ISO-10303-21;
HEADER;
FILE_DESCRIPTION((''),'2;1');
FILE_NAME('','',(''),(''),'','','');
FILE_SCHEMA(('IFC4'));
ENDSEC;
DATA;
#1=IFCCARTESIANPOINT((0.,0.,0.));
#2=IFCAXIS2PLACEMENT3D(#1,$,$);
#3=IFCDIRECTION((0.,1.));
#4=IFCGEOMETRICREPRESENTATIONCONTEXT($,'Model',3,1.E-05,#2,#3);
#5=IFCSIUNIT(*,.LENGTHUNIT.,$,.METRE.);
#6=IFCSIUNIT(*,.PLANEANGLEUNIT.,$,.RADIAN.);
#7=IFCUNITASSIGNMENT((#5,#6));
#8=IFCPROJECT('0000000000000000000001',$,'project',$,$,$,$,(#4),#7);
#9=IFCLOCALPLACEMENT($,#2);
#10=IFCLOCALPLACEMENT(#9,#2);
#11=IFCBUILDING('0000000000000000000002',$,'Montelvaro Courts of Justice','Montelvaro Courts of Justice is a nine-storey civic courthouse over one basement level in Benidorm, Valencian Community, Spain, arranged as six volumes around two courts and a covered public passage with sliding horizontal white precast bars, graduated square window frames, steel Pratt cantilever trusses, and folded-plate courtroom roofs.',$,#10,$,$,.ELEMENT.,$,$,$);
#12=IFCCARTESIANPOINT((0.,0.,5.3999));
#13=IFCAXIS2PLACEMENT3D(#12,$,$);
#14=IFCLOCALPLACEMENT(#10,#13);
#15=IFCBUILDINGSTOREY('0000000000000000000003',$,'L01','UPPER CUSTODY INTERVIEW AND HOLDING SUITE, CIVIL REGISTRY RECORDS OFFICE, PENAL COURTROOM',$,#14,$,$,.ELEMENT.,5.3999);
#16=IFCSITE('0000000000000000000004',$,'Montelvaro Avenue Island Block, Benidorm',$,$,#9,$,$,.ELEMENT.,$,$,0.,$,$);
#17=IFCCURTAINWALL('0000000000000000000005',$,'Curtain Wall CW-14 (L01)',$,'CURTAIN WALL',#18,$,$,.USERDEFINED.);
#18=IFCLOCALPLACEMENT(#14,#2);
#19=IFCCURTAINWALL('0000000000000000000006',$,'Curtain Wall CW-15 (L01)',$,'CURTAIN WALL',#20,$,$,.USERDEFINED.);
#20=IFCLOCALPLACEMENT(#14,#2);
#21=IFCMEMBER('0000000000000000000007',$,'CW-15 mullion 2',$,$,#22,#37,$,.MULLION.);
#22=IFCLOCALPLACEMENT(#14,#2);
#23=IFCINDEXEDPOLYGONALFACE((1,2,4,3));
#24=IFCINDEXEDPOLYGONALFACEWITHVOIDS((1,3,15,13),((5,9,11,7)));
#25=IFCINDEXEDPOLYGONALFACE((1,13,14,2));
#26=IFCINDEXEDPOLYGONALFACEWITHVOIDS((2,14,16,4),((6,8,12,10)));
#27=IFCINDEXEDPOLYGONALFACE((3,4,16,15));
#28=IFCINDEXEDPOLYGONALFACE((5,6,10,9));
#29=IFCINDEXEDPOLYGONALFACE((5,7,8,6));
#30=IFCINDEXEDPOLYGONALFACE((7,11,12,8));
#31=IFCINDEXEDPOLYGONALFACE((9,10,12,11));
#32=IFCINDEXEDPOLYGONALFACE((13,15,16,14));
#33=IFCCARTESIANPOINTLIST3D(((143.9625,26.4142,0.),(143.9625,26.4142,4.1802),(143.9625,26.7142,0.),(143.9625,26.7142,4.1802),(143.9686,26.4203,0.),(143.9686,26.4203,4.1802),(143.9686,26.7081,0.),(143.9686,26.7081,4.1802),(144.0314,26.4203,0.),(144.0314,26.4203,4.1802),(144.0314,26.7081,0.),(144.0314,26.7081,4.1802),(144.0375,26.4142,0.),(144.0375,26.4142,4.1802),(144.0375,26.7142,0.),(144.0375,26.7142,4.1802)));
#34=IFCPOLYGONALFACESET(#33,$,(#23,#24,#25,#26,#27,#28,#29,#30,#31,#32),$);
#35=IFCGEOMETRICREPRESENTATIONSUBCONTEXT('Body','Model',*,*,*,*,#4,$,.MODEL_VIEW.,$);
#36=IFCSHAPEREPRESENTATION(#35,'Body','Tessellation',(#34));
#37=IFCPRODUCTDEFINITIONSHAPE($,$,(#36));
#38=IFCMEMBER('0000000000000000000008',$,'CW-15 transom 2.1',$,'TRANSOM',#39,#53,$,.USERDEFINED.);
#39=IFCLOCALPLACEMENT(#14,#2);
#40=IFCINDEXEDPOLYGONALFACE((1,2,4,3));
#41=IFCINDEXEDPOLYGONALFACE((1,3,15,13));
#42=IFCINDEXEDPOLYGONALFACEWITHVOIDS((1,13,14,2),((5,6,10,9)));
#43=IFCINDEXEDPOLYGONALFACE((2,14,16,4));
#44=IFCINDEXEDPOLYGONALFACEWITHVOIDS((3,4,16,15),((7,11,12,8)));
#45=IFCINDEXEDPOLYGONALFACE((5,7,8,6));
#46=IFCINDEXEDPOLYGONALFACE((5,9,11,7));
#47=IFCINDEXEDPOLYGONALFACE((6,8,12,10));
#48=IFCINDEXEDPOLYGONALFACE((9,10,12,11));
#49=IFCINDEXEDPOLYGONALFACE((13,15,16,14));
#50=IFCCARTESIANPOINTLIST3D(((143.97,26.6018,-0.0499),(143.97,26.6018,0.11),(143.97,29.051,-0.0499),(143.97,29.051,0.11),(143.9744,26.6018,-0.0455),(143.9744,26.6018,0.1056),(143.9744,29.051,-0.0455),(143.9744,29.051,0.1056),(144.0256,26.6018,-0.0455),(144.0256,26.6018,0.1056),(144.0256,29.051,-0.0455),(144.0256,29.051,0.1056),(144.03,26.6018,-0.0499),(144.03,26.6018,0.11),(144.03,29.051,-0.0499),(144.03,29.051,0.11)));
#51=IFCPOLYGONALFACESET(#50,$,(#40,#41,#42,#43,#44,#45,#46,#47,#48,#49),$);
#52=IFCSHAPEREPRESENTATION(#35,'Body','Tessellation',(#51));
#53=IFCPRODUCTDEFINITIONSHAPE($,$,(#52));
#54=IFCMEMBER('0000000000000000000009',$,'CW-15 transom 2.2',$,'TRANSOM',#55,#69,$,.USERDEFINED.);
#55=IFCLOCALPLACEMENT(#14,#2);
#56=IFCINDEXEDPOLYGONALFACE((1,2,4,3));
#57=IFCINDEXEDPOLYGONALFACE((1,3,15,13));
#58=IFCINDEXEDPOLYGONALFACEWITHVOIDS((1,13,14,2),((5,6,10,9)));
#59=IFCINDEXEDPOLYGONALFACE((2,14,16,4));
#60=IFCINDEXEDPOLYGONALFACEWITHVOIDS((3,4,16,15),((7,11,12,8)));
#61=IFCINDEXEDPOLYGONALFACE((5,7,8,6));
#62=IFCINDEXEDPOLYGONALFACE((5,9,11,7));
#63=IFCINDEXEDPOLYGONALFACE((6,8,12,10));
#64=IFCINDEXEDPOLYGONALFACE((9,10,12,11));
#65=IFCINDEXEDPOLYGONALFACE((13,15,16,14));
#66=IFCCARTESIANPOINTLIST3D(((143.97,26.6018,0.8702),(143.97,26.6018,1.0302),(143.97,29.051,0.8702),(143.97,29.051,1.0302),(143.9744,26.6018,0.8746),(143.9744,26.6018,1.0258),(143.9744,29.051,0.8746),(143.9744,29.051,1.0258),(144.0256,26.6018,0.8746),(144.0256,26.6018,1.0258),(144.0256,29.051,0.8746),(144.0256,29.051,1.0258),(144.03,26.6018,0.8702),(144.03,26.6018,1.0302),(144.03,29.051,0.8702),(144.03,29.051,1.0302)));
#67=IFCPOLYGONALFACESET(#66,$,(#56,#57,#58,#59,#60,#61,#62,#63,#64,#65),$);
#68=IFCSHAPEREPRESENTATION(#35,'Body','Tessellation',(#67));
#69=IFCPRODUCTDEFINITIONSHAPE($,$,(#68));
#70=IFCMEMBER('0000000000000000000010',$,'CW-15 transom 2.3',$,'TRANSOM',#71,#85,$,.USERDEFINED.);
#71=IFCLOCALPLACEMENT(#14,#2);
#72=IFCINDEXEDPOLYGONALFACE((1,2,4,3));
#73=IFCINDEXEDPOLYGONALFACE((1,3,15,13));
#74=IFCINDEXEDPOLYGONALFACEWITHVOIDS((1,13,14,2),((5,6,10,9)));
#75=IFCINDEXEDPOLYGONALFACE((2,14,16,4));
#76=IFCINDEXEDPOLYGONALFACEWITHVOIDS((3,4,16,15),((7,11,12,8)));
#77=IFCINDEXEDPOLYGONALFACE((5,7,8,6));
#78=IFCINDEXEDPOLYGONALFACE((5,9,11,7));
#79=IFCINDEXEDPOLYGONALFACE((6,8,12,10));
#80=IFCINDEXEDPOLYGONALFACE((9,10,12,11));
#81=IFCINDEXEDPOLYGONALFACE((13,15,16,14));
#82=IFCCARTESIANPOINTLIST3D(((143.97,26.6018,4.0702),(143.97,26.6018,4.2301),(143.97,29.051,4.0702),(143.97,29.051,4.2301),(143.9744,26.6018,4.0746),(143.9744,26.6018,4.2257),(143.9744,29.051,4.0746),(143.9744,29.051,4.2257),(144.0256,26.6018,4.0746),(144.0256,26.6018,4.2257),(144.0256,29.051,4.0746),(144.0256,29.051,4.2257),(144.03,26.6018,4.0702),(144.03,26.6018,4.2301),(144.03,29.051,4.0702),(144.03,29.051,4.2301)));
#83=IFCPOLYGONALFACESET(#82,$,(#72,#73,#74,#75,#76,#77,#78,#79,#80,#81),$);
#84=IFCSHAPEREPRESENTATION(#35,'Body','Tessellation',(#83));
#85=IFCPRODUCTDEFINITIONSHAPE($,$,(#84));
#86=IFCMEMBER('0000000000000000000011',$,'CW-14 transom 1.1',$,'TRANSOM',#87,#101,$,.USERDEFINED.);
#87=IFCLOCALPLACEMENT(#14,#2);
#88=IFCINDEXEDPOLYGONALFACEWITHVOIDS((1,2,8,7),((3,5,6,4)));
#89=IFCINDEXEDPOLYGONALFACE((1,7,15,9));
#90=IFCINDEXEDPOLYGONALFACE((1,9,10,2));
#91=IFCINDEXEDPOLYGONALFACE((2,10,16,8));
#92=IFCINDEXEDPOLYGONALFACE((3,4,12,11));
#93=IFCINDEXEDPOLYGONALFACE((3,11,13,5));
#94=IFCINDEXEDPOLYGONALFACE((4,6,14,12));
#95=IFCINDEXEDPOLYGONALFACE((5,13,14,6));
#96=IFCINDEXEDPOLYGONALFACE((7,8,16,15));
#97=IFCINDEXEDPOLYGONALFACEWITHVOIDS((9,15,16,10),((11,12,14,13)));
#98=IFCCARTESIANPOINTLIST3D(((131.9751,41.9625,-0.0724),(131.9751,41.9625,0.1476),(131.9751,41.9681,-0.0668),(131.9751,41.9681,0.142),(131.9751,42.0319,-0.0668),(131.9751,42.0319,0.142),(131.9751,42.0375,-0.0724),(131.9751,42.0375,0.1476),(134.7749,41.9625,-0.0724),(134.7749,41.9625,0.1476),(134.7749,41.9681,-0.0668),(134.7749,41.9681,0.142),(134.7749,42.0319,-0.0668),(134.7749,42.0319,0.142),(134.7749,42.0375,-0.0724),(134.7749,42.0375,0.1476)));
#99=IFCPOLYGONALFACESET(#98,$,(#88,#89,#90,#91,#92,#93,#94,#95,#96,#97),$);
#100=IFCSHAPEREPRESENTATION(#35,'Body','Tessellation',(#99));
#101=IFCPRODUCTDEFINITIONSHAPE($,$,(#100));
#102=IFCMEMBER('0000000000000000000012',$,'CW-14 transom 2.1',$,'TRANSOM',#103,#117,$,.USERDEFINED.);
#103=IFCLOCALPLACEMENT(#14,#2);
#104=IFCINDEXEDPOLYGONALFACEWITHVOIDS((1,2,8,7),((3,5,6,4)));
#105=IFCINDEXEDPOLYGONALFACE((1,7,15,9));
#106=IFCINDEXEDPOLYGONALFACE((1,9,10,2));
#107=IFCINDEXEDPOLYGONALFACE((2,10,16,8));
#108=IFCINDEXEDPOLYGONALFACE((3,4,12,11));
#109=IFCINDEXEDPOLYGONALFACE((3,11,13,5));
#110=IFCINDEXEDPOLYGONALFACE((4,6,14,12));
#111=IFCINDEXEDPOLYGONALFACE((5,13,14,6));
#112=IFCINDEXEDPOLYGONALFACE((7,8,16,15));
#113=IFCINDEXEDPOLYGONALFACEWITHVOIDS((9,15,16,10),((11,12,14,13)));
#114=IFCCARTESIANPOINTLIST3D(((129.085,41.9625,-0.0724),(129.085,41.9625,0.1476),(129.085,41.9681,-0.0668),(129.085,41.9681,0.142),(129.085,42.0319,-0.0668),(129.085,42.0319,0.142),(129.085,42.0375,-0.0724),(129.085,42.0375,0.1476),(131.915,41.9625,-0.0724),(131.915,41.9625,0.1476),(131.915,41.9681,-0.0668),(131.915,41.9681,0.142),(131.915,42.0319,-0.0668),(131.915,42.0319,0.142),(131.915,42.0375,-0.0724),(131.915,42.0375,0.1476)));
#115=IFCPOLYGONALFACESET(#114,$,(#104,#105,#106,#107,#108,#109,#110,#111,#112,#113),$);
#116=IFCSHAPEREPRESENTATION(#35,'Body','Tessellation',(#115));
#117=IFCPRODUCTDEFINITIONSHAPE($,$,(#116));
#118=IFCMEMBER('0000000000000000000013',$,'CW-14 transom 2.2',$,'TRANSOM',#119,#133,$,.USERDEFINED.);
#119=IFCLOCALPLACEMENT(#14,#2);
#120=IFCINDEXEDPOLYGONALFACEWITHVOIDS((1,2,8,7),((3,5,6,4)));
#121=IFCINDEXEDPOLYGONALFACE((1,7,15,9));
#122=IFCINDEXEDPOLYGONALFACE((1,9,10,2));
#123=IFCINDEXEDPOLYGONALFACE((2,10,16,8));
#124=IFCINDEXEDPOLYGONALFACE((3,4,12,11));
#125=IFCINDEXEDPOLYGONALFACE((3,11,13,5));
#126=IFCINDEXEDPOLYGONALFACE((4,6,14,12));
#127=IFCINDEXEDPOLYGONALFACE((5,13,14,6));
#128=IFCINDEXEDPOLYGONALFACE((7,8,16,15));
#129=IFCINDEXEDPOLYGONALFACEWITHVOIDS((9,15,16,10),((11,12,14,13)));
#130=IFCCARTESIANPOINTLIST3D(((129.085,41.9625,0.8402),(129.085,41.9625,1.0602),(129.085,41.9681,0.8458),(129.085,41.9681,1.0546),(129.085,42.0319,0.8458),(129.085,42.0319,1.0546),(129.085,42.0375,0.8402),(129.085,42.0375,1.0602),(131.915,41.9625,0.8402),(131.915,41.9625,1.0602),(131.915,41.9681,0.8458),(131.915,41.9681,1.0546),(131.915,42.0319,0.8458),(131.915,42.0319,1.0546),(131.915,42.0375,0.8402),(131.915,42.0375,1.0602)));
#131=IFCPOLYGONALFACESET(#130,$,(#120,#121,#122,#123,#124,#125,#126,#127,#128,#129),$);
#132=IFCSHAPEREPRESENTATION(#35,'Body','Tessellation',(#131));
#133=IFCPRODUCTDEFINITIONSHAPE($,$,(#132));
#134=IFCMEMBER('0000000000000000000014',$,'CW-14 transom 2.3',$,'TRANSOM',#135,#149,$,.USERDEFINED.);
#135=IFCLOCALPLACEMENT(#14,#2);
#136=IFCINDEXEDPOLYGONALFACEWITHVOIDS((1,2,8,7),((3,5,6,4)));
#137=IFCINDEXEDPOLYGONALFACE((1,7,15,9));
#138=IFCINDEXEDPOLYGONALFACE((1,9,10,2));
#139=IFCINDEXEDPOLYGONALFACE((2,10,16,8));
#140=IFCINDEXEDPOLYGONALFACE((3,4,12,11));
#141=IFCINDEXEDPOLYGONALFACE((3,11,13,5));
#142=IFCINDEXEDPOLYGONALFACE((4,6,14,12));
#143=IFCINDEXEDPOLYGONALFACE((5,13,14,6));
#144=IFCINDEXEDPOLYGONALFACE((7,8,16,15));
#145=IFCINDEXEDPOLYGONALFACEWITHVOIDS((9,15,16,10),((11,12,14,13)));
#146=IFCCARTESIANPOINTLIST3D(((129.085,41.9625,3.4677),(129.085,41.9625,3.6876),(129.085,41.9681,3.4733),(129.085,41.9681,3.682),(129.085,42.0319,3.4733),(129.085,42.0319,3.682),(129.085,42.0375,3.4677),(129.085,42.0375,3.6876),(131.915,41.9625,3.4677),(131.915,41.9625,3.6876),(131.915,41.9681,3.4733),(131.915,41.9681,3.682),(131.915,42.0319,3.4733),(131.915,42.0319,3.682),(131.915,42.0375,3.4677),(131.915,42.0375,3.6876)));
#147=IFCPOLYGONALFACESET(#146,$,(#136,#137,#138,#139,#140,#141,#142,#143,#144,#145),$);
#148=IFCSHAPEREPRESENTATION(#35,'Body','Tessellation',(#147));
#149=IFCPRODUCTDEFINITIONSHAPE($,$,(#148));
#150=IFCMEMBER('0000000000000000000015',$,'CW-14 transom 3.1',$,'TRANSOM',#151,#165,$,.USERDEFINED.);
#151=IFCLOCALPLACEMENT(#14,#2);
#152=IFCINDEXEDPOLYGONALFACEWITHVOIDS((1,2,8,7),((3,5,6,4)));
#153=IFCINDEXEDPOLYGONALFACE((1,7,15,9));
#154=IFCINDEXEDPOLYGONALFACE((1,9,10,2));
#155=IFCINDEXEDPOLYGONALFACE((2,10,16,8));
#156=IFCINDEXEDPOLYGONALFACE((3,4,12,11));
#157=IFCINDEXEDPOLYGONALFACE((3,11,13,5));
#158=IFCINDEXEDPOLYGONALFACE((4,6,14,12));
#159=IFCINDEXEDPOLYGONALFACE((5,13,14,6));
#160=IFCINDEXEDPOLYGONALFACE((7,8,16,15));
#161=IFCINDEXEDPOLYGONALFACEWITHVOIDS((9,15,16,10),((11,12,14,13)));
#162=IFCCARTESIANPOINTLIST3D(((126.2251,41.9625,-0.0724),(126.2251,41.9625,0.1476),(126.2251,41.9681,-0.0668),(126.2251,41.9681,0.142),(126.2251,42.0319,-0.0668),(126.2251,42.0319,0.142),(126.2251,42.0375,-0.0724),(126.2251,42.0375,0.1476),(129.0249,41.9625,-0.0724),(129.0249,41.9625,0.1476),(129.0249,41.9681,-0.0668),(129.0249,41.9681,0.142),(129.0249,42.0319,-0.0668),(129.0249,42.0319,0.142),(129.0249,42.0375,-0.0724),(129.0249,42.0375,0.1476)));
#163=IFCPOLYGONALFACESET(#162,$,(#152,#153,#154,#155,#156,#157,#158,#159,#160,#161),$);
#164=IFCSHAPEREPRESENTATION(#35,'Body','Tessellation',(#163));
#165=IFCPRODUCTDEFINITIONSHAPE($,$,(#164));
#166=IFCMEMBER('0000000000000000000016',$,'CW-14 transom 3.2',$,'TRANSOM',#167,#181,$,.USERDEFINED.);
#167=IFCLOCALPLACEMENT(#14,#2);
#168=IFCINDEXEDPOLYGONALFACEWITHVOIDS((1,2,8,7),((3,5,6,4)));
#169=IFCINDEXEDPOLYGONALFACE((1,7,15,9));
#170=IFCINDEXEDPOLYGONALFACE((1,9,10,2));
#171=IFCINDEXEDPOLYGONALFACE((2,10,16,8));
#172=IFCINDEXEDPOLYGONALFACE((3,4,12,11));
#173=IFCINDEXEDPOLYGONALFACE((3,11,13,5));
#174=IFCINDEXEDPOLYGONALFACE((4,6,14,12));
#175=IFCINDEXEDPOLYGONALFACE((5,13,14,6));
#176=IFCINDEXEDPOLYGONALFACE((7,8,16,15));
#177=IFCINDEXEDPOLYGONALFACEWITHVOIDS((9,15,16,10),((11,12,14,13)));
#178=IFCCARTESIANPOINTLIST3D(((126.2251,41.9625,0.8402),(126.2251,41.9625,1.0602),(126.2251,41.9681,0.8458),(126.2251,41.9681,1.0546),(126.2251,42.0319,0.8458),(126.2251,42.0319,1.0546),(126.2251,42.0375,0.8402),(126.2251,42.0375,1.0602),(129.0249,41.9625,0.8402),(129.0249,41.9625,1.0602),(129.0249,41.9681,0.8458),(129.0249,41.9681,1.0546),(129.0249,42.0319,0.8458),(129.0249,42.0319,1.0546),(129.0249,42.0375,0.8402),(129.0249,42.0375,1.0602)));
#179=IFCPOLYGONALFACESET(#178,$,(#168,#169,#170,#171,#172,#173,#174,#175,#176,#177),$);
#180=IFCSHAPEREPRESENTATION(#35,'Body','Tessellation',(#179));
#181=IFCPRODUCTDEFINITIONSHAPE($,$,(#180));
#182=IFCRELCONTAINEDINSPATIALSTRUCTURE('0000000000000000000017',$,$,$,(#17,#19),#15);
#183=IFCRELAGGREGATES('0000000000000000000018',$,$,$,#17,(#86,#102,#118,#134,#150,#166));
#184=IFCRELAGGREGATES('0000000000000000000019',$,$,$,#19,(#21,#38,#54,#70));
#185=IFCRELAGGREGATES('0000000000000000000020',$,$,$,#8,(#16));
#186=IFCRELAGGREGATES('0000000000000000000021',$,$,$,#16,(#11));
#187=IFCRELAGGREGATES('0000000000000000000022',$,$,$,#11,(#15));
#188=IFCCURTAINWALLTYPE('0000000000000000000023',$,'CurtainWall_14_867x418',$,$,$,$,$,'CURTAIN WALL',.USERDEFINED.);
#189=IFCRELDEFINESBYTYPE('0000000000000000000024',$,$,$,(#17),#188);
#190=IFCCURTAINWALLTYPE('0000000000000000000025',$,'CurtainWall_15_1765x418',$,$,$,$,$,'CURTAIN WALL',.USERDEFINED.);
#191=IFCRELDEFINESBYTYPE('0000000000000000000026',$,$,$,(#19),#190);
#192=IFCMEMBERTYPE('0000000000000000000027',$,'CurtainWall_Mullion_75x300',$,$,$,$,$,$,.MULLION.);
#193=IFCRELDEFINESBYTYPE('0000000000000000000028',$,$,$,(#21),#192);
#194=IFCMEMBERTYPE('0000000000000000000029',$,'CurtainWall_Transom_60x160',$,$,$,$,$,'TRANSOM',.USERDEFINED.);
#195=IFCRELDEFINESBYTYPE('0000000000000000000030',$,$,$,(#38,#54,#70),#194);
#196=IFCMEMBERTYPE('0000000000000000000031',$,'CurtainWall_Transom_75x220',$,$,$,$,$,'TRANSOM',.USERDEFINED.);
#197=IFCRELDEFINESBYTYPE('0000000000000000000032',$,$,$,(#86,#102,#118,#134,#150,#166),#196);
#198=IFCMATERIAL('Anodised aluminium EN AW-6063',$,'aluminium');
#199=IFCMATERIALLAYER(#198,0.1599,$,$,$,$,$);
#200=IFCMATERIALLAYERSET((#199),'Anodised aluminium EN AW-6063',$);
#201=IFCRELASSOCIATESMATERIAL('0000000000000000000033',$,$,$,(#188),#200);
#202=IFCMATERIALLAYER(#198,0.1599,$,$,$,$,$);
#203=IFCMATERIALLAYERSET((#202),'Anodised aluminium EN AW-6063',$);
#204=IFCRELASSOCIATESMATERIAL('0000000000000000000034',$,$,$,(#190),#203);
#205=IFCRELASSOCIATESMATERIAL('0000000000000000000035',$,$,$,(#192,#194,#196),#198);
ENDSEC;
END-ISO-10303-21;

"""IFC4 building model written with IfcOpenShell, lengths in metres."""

from ifc_helpers import new_model, si_unit, direction, frame, origin, origin_2d, place, context, subcontext, project, spatial, hollow_rectangle, extrude, material, layer, layer_set, material_profile, profile_set, type_object, element, aggregate, save


model = new_model("IFC4")

# Units and contexts
model_context = context("Model", 3, precision=1e-05, world=origin(), true_north=direction((0.0, 1.0)))
body_context = subcontext(model_context, "Body", "Model", "MODEL_VIEW")
ifc_project = project(units=[si_unit("LENGTHUNIT", "METRE"), si_unit("PLANEANGLEUNIT", "RADIAN")], contexts=[model_context])

# Site, building, storey
site_placement = place(None, origin())
site = spatial("IfcSite", under=ifc_project, at=site_placement, Name="Montelvaro Avenue Island Block, Benidorm", CompositionType="ELEMENT", RefElevation=0.0)
building_placement = place(site_placement, origin())
building = spatial("IfcBuilding", under=site, at=building_placement, Name="Montelvaro Courts of Justice", Description="Montelvaro Courts of Justice is a nine-storey civic courthouse over one basement level in Benidorm, Valencian Community, Spain, arranged as six volumes around two courts and a covered public passage with sliding horizontal white precast bars, graduated square window frames, steel Pratt cantilever trusses, and folded-plate courtroom roofs.", CompositionType="ELEMENT")
storey_placement = place(building_placement, frame((0.0, 0.0, 5.3999)))
storey = spatial("IfcBuildingStorey", under=building, at=storey_placement, Name="L01", Description="UPPER CUSTODY INTERVIEW AND HOLDING SUITE, CIVIL REGISTRY RECORDS OFFICE, PENAL COURTROOM", CompositionType="ELEMENT", Elevation=5.3999)

# Curtain walls, members
ifc_material_1 = material(Name="Anodised aluminium EN AW-6063", Category="aluminium")
ifc_layer_1 = layer(ifc_material_1, 0.1599)
ifc_layer_set_1 = layer_set([ifc_layer_1], Name="Anodised aluminium EN AW-6063")
curtain_wall_type_1 = type_object("IfcCurtainWallType", Name="CurtainWall_14_867x418", ElementType="CURTAIN WALL", PredefinedType="USERDEFINED", material=ifc_layer_set_1)
curtain_wall_1_placement = place(storey_placement, origin())
curtain_wall_1 = element("IfcCurtainWall", 1, at=curtain_wall_1_placement, inside=storey, type_object=curtain_wall_type_1, Name="Curtain Wall CW-14 (L01)", ObjectType="CURTAIN WALL", PredefinedType="USERDEFINED")
ifc_layer_2 = layer(ifc_material_1, 0.1599)
ifc_layer_set_2 = layer_set([ifc_layer_2], Name="Anodised aluminium EN AW-6063")
curtain_wall_type_2 = type_object("IfcCurtainWallType", Name="CurtainWall_15_1765x418", ElementType="CURTAIN WALL", PredefinedType="USERDEFINED", material=ifc_layer_set_2)
curtain_wall_2_placement = place(storey_placement, origin())
curtain_wall_2 = element("IfcCurtainWall", 2, at=curtain_wall_2_placement, inside=storey, type_object=curtain_wall_type_2, Name="Curtain Wall CW-15 (L01)", ObjectType="CURTAIN WALL", PredefinedType="USERDEFINED")
ifc_material_profile_1 = material_profile(ifc_material_1, hollow_rectangle(XDim=0.075, YDim=0.3, WallThickness=0.0061, at=origin_2d()), Name="ALU-M 75x300")
ifc_profile_set_1 = profile_set([ifc_material_profile_1], Name="Anodised aluminium EN AW-6063")
member_type_1 = type_object("IfcMemberType", Name="CurtainWall_Mullion_75x300", PredefinedType="MULLION", material=ifc_profile_set_1)
member_1_placement = place(storey_placement, frame((144.0, 26.5642, 0.0), z_axis=(0.0, 0.0, 1.0), x_axis=(-1.0, 0.0, 0.0)))
member_1 = element("IfcMember", 3, at=member_1_placement, type_object=member_type_1, Name="CW-15 mullion 2", PredefinedType="MULLION", context=body_context, shape_type="SweptSolid", body=[
    extrude(hollow_rectangle(XDim=0.075, YDim=0.3, WallThickness=0.0061, at=origin_2d()), origin(), (0.0, 0.0, 1.0), 4.1802),
])
ifc_material_profile_2 = material_profile(ifc_material_1, hollow_rectangle(XDim=0.0601, YDim=0.1599, WallThickness=0.0044, at=origin_2d()), Name="ALU-T 60x160")
ifc_profile_set_2 = profile_set([ifc_material_profile_2], Name="Anodised aluminium EN AW-6063")
member_type_2 = type_object("IfcMemberType", Name="CurtainWall_Transom_60x160", ElementType="TRANSOM", PredefinedType="USERDEFINED", material=ifc_profile_set_2)
member_2_placement = place(storey_placement, frame((144.0, 26.6018, 0.03), z_axis=(0.0, 1.0, 0.0), x_axis=(-1.0, 0.0, 0.0)))
member_2 = element("IfcMember", 4, at=member_2_placement, type_object=member_type_2, Name="CW-15 transom 2.1", ObjectType="TRANSOM", PredefinedType="USERDEFINED", context=body_context, shape_type="SweptSolid", body=[
    extrude(hollow_rectangle(XDim=0.0601, YDim=0.1599, WallThickness=0.0044, at=origin_2d()), origin(), (0.0, 0.0, 1.0), 2.4492),
])
member_3_placement = place(storey_placement, frame((144.0, 26.6018, 0.9502), z_axis=(0.0, 1.0, 0.0), x_axis=(-1.0, 0.0, 0.0)))
member_3 = element("IfcMember", 5, at=member_3_placement, type_object=member_type_2, Name="CW-15 transom 2.2", ObjectType="TRANSOM", PredefinedType="USERDEFINED", context=body_context, shape_type="SweptSolid", body=[
    extrude(hollow_rectangle(XDim=0.0601, YDim=0.1599, WallThickness=0.0044, at=origin_2d()), origin(), (0.0, 0.0, 1.0), 2.4492),
])
member_4_placement = place(storey_placement, frame((144.0, 26.6018, 4.1501), z_axis=(0.0, 1.0, 0.0), x_axis=(-1.0, 0.0, 0.0)))
member_4 = element("IfcMember", 6, at=member_4_placement, type_object=member_type_2, Name="CW-15 transom 2.3", ObjectType="TRANSOM", PredefinedType="USERDEFINED", context=body_context, shape_type="SweptSolid", body=[
    extrude(hollow_rectangle(XDim=0.0601, YDim=0.1599, WallThickness=0.0044, at=origin_2d()), origin(), (0.0, 0.0, 1.0), 2.4492),
])

# Members
ifc_material_profile_3 = material_profile(ifc_material_1, hollow_rectangle(XDim=0.075, YDim=0.22, WallThickness=0.0056, at=origin_2d()), Name="ALU-T 75x220")
ifc_profile_set_3 = profile_set([ifc_material_profile_3], Name="Anodised aluminium EN AW-6063")
member_type_3 = type_object("IfcMemberType", Name="CurtainWall_Transom_75x220", ElementType="TRANSOM", PredefinedType="USERDEFINED", material=ifc_profile_set_3)
member_5_placement = place(storey_placement, frame((134.7749, 42.0, 0.0376), z_axis=(-1.0, 0.0, 0.0), x_axis=(0.0, -1.0, 0.0)))
member_5 = element("IfcMember", 7, at=member_5_placement, type_object=member_type_3, Name="CW-14 transom 1.1", ObjectType="TRANSOM", PredefinedType="USERDEFINED", context=body_context, shape_type="SweptSolid", body=[
    extrude(hollow_rectangle(XDim=0.075, YDim=0.22, WallThickness=0.0056, at=origin_2d()), origin(), (0.0, 0.0, 1.0), 2.7998),
])
member_6_placement = place(storey_placement, frame((131.915, 42.0, 0.0376), z_axis=(-1.0, 0.0, 0.0), x_axis=(0.0, -1.0, 0.0)))
member_6 = element("IfcMember", 8, at=member_6_placement, type_object=member_type_3, Name="CW-14 transom 2.1", ObjectType="TRANSOM", PredefinedType="USERDEFINED", context=body_context, shape_type="SweptSolid", body=[
    extrude(hollow_rectangle(XDim=0.075, YDim=0.22, WallThickness=0.0056, at=origin_2d()), origin(), (0.0, 0.0, 1.0), 2.8301),
])
member_7_placement = place(storey_placement, frame((131.915, 42.0, 0.9502), z_axis=(-1.0, 0.0, 0.0), x_axis=(0.0, -1.0, 0.0)))
member_7 = element("IfcMember", 9, at=member_7_placement, type_object=member_type_3, Name="CW-14 transom 2.2", ObjectType="TRANSOM", PredefinedType="USERDEFINED", context=body_context, shape_type="SweptSolid", body=[
    extrude(hollow_rectangle(XDim=0.075, YDim=0.22, WallThickness=0.0056, at=origin_2d()), origin(), (0.0, 0.0, 1.0), 2.8301),
])
member_8_placement = place(storey_placement, frame((131.915, 42.0, 3.5776), z_axis=(-1.0, 0.0, 0.0), x_axis=(0.0, -1.0, 0.0)))
member_8 = element("IfcMember", 10, at=member_8_placement, type_object=member_type_3, Name="CW-14 transom 2.3", ObjectType="TRANSOM", PredefinedType="USERDEFINED", context=body_context, shape_type="SweptSolid", body=[
    extrude(hollow_rectangle(XDim=0.075, YDim=0.22, WallThickness=0.0056, at=origin_2d()), origin(), (0.0, 0.0, 1.0), 2.8301),
])
member_9_placement = place(storey_placement, frame((129.0249, 42.0, 0.0376), z_axis=(-1.0, 0.0, 0.0), x_axis=(0.0, -1.0, 0.0)))
member_9 = element("IfcMember", 11, at=member_9_placement, type_object=member_type_3, Name="CW-14 transom 3.1", ObjectType="TRANSOM", PredefinedType="USERDEFINED", context=body_context, shape_type="SweptSolid", body=[
    extrude(hollow_rectangle(XDim=0.075, YDim=0.22, WallThickness=0.0056, at=origin_2d()), origin(), (0.0, 0.0, 1.0), 2.7998),
])
member_10_placement = place(storey_placement, frame((129.0249, 42.0, 0.9502), z_axis=(-1.0, 0.0, 0.0), x_axis=(0.0, -1.0, 0.0)))
member_10 = element("IfcMember", 12, at=member_10_placement, type_object=member_type_3, Name="CW-14 transom 3.2", ObjectType="TRANSOM", PredefinedType="USERDEFINED", context=body_context, shape_type="SweptSolid", body=[
    extrude(hollow_rectangle(XDim=0.075, YDim=0.22, WallThickness=0.0056, at=origin_2d()), origin(), (0.0, 0.0, 1.0), 2.7998),
])

aggregate(curtain_wall_1, [member_5, member_6, member_7, member_8, member_9, member_10])
aggregate(curtain_wall_2, [member_1, member_2, member_3, member_4])

save(model, "model.ifc")
